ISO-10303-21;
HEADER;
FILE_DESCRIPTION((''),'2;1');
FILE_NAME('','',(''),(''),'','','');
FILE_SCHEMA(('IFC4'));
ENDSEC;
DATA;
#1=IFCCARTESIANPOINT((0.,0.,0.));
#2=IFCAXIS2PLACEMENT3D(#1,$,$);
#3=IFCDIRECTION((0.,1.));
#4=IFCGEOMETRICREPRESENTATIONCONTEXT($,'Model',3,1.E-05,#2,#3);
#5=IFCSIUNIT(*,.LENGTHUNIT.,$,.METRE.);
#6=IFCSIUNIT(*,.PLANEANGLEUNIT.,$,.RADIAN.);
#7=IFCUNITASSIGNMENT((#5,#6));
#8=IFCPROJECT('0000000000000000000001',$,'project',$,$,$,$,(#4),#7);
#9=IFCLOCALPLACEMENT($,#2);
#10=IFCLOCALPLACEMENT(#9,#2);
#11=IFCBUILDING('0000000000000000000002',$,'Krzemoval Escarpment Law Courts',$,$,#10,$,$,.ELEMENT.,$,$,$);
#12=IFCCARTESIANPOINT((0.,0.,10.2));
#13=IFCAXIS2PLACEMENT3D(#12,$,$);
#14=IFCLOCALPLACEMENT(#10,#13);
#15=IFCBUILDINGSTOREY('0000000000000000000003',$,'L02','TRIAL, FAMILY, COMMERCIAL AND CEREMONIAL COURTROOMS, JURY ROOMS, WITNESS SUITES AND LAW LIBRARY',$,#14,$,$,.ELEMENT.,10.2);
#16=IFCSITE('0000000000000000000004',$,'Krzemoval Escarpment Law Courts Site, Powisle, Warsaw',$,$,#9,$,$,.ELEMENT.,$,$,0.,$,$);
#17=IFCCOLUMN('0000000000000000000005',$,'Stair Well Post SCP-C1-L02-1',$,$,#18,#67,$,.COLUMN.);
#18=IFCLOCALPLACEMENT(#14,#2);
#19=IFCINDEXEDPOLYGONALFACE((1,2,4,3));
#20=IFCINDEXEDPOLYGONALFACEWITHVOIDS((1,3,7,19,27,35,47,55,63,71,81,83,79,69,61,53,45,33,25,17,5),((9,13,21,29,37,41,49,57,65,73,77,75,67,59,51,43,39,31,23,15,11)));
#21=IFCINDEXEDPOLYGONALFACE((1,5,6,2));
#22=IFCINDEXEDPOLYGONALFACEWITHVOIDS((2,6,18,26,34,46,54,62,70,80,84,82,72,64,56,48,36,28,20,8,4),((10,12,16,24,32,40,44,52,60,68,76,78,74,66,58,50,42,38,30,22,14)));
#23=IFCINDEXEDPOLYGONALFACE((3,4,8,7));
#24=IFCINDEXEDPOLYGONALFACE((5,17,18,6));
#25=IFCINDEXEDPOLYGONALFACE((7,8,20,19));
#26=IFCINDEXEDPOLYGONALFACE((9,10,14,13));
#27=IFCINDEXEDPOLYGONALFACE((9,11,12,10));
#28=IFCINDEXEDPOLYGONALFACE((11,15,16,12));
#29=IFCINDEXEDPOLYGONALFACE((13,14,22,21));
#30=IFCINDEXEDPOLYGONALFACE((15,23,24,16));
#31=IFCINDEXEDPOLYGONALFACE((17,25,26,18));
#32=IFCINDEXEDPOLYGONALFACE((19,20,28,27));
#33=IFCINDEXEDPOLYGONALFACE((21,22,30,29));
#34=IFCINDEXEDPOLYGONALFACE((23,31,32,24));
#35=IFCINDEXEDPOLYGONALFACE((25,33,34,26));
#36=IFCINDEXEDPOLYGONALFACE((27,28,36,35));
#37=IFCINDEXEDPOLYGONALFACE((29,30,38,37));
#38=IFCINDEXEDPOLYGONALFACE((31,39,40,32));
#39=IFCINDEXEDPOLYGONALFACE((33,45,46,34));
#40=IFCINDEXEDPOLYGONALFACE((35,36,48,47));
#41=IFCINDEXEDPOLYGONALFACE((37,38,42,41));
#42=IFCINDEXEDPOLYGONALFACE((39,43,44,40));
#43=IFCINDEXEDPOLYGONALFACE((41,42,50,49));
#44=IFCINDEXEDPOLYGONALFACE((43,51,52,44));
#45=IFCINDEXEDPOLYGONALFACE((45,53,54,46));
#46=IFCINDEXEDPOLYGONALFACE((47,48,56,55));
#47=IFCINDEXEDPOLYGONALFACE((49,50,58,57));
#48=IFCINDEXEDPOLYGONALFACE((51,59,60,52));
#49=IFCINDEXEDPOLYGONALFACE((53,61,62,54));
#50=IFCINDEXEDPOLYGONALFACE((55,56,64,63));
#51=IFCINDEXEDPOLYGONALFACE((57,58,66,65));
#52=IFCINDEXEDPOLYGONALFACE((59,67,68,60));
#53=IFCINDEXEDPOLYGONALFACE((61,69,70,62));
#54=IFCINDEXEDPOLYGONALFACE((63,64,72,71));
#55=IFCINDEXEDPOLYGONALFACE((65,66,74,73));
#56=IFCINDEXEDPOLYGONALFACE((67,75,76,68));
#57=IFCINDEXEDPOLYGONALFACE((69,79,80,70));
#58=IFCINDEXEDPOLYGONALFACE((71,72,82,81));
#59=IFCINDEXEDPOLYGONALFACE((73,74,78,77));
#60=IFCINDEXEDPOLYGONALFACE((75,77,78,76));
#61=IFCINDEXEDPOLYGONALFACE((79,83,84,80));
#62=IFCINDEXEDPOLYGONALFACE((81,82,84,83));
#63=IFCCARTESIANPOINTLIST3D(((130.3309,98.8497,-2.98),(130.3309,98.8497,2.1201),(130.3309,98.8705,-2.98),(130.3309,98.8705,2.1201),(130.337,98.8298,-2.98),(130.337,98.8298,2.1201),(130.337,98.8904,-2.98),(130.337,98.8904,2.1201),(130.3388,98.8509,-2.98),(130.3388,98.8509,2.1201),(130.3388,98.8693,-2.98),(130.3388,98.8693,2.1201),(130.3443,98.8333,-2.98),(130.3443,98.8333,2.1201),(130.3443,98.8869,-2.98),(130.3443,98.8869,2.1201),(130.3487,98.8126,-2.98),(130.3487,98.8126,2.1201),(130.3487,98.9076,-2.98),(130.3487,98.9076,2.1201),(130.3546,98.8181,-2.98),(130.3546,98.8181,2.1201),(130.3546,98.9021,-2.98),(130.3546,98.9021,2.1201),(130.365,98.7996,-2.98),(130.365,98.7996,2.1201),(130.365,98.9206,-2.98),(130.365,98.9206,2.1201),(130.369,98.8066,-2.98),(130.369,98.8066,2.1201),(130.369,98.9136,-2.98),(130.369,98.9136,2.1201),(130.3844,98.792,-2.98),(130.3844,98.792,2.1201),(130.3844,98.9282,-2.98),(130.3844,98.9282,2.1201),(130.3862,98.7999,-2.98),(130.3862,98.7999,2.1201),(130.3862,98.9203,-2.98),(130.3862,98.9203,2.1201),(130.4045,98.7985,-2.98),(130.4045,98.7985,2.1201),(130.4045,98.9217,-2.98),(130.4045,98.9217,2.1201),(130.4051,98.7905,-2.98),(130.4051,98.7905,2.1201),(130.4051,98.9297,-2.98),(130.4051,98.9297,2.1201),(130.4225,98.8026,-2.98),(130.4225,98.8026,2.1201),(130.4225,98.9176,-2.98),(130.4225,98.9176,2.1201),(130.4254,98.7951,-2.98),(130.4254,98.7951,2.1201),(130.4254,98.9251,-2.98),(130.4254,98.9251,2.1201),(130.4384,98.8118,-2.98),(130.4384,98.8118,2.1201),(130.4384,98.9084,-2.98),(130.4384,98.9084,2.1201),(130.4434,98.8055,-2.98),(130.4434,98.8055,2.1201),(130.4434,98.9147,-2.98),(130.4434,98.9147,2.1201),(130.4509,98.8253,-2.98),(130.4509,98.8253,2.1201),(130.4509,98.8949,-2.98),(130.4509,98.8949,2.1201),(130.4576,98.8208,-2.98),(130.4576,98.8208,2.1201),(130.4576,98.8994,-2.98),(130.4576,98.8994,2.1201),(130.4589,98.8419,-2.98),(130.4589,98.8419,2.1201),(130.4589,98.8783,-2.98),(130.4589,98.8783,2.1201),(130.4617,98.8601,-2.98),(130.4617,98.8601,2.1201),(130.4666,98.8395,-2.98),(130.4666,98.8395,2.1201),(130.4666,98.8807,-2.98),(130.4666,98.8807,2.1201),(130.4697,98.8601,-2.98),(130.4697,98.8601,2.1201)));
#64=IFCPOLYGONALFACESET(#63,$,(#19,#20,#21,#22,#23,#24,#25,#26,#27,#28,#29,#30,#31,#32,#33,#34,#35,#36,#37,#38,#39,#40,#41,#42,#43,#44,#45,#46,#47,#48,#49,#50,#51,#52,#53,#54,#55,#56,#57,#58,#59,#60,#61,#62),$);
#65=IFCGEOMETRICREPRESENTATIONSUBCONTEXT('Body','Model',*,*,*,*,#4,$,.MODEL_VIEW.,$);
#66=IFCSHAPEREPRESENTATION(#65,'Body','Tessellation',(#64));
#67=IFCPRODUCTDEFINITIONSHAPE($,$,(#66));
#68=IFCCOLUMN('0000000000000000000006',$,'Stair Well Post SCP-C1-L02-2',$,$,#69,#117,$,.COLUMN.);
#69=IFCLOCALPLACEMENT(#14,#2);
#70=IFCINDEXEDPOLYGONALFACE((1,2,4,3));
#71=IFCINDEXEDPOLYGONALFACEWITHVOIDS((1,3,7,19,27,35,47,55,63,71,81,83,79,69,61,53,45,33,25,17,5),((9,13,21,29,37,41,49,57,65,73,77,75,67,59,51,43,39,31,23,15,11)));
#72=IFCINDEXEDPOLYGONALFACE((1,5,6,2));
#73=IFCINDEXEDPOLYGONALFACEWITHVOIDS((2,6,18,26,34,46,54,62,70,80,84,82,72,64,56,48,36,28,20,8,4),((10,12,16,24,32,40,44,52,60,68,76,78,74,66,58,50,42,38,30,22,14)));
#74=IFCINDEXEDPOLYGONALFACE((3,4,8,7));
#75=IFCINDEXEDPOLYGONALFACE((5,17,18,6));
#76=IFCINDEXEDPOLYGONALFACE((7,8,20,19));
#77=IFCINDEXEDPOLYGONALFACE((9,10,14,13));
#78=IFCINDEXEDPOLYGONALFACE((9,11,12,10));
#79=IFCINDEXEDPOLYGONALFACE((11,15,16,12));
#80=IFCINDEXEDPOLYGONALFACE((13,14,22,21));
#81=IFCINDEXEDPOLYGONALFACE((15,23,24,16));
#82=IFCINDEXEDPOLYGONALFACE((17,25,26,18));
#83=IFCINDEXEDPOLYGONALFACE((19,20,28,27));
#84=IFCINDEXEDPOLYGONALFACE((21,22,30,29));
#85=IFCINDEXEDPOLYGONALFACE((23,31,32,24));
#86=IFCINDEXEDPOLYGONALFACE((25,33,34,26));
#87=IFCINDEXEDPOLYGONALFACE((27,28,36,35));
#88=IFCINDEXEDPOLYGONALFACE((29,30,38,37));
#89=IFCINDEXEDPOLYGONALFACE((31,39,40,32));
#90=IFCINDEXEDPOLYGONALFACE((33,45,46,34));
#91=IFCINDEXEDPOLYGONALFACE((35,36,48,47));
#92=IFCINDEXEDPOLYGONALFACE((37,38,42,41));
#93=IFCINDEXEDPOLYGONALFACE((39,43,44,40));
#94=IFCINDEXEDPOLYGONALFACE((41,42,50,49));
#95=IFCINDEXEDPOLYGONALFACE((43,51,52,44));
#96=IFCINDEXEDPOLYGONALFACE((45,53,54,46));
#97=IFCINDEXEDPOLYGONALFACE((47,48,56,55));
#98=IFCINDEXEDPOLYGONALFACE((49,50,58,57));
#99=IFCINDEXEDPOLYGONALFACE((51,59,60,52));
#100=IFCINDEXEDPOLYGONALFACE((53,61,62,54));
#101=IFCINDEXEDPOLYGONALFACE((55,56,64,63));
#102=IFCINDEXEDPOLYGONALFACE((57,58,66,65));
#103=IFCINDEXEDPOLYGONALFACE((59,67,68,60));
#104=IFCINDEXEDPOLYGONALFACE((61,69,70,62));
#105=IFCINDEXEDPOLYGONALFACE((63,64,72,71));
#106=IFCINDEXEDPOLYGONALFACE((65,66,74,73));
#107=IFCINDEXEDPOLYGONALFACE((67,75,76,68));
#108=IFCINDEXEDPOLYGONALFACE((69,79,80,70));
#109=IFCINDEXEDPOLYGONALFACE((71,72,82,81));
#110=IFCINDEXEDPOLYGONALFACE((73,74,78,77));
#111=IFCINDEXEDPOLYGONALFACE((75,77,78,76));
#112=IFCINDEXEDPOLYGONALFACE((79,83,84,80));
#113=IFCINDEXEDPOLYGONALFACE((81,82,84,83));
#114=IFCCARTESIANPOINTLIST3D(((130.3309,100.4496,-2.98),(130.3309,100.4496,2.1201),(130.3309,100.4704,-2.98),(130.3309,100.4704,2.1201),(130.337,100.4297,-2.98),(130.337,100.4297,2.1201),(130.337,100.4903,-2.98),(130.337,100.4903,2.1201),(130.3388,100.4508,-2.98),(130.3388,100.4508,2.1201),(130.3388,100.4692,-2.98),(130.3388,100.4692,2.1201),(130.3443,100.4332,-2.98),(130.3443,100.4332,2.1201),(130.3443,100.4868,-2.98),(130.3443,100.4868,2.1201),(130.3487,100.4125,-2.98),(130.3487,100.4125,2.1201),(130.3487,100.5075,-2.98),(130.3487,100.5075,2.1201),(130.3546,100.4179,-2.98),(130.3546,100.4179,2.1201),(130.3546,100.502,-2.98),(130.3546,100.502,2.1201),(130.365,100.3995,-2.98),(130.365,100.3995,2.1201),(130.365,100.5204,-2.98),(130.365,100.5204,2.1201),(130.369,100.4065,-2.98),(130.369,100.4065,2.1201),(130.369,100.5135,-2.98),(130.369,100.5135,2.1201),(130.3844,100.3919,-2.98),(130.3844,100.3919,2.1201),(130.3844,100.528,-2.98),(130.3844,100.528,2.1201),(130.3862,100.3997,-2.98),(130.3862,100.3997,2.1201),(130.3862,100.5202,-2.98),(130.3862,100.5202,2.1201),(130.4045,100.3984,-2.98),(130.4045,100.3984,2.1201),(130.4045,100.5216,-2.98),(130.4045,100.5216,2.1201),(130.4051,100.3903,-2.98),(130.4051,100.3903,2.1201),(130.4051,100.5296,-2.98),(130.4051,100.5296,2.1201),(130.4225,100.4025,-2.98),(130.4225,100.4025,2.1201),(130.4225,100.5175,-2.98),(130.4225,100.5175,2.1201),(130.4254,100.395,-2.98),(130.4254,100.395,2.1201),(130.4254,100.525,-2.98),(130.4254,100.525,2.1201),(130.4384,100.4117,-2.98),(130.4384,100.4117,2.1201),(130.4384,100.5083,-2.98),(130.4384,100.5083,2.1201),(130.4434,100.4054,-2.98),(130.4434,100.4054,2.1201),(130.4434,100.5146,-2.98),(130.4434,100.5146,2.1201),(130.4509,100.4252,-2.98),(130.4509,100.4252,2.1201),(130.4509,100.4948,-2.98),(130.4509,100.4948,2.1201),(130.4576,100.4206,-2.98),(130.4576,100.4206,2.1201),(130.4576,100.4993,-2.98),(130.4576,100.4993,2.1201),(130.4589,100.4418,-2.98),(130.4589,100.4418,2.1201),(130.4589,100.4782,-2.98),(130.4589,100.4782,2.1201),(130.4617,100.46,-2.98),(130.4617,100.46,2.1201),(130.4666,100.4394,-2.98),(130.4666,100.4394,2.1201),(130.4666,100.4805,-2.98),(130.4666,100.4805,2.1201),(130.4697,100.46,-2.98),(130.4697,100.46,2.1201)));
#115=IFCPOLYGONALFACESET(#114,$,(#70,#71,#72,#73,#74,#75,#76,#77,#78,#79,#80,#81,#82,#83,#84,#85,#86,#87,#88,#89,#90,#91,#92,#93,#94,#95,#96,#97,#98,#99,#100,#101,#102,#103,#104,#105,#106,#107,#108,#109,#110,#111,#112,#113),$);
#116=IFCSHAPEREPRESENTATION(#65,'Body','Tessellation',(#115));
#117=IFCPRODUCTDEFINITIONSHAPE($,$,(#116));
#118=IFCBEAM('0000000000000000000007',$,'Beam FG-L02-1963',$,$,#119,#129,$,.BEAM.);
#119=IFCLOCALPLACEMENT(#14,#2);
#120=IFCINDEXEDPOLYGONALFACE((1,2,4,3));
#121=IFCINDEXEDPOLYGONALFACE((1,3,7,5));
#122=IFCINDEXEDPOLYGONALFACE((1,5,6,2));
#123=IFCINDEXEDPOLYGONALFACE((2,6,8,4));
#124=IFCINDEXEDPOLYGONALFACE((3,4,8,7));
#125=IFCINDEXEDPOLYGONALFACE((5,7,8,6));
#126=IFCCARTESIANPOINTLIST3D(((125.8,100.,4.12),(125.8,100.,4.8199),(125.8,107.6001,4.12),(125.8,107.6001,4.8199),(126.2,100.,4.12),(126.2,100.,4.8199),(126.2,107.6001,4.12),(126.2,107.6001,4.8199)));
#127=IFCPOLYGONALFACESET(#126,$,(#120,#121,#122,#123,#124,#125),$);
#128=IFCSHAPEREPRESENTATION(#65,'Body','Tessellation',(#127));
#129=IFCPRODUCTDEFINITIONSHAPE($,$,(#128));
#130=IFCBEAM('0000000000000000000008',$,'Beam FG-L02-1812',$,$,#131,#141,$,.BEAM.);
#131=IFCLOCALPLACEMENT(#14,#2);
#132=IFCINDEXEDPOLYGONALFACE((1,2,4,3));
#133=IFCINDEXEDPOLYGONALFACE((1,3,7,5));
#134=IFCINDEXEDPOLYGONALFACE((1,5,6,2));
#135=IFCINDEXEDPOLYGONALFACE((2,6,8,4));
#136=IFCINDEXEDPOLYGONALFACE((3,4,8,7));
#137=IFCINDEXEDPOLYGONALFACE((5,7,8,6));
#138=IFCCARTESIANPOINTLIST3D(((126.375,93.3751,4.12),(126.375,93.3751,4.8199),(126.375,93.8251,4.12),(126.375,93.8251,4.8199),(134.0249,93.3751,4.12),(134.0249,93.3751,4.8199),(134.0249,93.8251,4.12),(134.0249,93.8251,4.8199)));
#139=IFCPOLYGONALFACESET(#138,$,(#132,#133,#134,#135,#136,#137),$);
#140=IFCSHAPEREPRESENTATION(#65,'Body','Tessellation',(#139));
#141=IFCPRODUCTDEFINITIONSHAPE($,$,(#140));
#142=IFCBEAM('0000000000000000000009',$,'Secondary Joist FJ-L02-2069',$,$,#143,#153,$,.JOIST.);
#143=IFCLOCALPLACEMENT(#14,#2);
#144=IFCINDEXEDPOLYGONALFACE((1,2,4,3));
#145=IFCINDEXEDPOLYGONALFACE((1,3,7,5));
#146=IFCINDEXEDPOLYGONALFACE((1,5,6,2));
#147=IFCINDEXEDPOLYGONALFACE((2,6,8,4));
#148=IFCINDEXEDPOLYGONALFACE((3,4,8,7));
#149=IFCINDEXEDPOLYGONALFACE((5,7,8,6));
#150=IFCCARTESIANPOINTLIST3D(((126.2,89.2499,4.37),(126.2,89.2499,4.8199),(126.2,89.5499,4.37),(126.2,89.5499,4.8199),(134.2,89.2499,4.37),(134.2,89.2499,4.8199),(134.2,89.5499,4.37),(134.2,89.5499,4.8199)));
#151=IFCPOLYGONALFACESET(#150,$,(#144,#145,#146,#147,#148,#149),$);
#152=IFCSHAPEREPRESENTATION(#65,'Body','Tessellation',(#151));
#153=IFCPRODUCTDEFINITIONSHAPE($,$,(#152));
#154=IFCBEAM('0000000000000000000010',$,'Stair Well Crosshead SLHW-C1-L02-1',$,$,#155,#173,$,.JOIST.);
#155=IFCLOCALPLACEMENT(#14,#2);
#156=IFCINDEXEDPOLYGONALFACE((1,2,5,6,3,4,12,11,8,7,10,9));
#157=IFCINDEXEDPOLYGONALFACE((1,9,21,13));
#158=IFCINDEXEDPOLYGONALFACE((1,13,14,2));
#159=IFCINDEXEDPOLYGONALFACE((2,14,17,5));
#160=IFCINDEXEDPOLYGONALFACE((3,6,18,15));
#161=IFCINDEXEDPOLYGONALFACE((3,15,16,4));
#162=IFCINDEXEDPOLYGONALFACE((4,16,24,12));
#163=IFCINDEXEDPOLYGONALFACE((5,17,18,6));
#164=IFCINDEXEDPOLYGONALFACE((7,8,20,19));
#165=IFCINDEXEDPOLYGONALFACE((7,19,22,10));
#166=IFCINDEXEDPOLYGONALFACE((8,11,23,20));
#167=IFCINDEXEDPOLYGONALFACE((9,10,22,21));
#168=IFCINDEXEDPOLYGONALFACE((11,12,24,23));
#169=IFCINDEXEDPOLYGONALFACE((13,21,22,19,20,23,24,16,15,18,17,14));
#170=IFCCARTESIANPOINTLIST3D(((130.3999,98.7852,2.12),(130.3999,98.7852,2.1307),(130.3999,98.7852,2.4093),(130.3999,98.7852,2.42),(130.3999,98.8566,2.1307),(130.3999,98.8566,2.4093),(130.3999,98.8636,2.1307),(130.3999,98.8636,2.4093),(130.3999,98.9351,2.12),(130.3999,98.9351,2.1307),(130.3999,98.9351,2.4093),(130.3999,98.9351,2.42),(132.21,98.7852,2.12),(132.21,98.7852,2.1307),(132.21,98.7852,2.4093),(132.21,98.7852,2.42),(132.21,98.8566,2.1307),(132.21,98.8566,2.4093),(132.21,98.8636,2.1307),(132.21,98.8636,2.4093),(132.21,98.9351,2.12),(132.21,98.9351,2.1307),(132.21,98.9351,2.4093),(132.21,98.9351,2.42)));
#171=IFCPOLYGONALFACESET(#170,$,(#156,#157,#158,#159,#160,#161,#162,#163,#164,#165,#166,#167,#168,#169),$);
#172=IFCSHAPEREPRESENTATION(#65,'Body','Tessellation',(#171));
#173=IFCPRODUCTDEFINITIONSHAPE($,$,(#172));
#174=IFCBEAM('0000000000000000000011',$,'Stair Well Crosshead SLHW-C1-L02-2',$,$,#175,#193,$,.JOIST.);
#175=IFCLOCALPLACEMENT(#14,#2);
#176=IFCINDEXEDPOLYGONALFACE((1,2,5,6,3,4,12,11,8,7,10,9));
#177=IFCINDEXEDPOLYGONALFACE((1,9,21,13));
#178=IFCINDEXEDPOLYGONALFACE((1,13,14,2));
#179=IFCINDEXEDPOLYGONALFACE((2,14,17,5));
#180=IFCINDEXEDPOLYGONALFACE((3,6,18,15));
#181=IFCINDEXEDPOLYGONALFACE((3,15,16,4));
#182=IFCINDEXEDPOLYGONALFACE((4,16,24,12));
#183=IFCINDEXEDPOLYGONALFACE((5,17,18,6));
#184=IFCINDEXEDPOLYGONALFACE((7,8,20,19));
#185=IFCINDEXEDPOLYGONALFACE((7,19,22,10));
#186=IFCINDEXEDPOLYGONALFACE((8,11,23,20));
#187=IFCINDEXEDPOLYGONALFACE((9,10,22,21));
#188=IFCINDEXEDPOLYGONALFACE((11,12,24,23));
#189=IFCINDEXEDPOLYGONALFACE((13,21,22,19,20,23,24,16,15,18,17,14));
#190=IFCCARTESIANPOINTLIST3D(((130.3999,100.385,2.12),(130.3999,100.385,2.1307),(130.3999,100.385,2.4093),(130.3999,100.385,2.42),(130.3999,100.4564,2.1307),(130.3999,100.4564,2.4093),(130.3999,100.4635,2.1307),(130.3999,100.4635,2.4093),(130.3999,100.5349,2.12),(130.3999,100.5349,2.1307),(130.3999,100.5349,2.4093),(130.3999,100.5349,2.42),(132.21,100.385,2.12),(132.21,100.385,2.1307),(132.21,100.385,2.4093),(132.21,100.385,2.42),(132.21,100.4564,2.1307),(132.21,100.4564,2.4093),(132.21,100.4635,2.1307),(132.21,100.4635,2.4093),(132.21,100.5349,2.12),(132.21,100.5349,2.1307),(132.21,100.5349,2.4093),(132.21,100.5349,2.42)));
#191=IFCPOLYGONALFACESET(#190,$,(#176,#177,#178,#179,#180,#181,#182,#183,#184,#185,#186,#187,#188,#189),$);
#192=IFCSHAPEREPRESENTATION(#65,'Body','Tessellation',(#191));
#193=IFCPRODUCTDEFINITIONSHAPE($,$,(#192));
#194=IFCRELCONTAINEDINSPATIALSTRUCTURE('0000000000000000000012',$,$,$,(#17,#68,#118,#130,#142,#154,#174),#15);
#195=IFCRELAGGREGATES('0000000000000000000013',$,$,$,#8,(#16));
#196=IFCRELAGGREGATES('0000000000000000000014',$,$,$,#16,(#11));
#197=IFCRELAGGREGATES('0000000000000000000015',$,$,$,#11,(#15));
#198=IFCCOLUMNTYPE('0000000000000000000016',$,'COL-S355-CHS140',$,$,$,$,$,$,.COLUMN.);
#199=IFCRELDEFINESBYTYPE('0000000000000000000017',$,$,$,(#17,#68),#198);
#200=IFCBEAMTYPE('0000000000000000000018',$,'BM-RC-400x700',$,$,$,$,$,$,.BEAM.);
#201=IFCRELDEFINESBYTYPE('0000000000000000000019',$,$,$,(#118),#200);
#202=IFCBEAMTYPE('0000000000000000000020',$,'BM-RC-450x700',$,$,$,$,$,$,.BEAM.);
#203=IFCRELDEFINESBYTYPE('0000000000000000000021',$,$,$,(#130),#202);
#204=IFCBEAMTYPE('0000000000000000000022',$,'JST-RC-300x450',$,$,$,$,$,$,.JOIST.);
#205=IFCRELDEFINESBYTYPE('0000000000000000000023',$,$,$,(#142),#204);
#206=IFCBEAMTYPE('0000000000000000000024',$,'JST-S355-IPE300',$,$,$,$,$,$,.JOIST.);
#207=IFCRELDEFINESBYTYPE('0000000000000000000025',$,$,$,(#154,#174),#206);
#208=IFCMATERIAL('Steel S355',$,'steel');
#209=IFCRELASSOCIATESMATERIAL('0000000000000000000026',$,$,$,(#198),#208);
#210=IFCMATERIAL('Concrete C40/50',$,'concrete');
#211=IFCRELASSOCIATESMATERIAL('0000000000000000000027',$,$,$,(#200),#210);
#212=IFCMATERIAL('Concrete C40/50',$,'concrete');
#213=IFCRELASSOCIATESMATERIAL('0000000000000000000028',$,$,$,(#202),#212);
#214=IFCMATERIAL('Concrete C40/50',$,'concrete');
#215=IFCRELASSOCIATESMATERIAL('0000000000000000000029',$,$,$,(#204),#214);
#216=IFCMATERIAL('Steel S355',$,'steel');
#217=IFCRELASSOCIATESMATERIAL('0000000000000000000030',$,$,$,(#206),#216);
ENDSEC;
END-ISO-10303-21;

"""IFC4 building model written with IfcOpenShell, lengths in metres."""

from ifc_helpers import new_model, si_unit, direction, frame, origin, origin_2d, place, context, subcontext, project, spatial, rectangle, hollow_circle, i_section, extrude, material, material_profile, profile_set, type_object, element, save


model = new_model("IFC4")

# Units and contexts
model_context = context("Model", 3, precision=1e-05, world=origin(), true_north=direction((0.0, 1.0)))
body_context = subcontext(model_context, "Body", "Model", "MODEL_VIEW")
ifc_project = project(units=[si_unit("LENGTHUNIT", "METRE"), si_unit("PLANEANGLEUNIT", "RADIAN")], contexts=[model_context])

# Site, building, storey
site_placement = place(None, origin())
site = spatial("IfcSite", under=ifc_project, at=site_placement, Name="Krzemoval Escarpment Law Courts Site, Powisle, Warsaw", CompositionType="ELEMENT", RefElevation=0.0)
building_placement = place(site_placement, origin())
building = spatial("IfcBuilding", under=site, at=building_placement, Name="Krzemoval Escarpment Law Courts", CompositionType="ELEMENT")
storey_placement = place(building_placement, frame((0.0, 0.0, 10.2)))
storey = spatial("IfcBuildingStorey", under=building, at=storey_placement, Name="L02", Description="TRIAL, FAMILY, COMMERCIAL AND CEREMONIAL COURTROOMS, JURY ROOMS, WITNESS SUITES AND LAW LIBRARY", CompositionType="ELEMENT", Elevation=10.2)

# Columns
ifc_material_1 = material(Name="Steel S355", Category="steel")
ifc_material_profile_1 = material_profile(ifc_material_1, hollow_circle(Radius=0.0698, WallThickness=0.0081, at=origin_2d()), Name="CHS 139.7x8")
ifc_profile_set_1 = profile_set([ifc_material_profile_1], Name="Steel S355")
column_type = type_object("IfcColumnType", Name="COL-S355-CHS140", PredefinedType="COLUMN", material=ifc_profile_set_1)
for number, where, z_axis, x_axis, name in (
    (1, (130.3999, 98.8601, -2.98), (0.0, 0.0, 1.0), (1.0, 0.0, 0.0), "Stair Well Post SCP-C1-L02-1"),
    (2, (130.3999, 100.46, -2.98), (0.0, 0.0, 1.0), (1.0, 0.0, 0.0), "Stair Well Post SCP-C1-L02-2"),
):
    element("IfcColumn", number, at=place(storey_placement, frame(where, z_axis=z_axis, x_axis=x_axis)), inside=storey, type_object=column_type, Name=name, PredefinedType="COLUMN", context=body_context, shape_type="SweptSolid", body=[
        extrude(hollow_circle(Radius=0.0698, WallThickness=0.0081, at=origin_2d()), origin(), (0.0, 0.0, 1.0), 5.1001),
    ])

# Beams
ifc_material_2 = material(Name="Concrete C40/50", Category="concrete")
ifc_material_profile_2 = material_profile(ifc_material_2, rectangle(XDim=0.3999, YDim=0.7, at=origin_2d()), Name="RCB 400x700")
ifc_profile_set_2 = profile_set([ifc_material_profile_2], Name="Concrete C40/50")
beam_type_1 = type_object("IfcBeamType", Name="BM-RC-400x700", PredefinedType="BEAM", material=ifc_profile_set_2)
beam_1_placement = place(storey_placement, frame((126.0, 100.0, 4.47), z_axis=(0.0, 1.0, 0.0), x_axis=(-1.0, 0.0, 0.0)))
element("IfcBeam", 3, at=beam_1_placement, inside=storey, type_object=beam_type_1, Name="Beam FG-L02-1963", PredefinedType="BEAM", context=body_context, shape_type="SweptSolid", body=[
    extrude(rectangle(XDim=0.3999, YDim=0.7, at=origin_2d()), origin(), (0.0, 0.0, 1.0), 7.6001),
])
ifc_material_3 = material(Name="Concrete C40/50", Category="concrete")
ifc_material_profile_3 = material_profile(ifc_material_3, rectangle(XDim=0.45, YDim=0.7, at=origin_2d()), Name="RCB 450x700")
ifc_profile_set_3 = profile_set([ifc_material_profile_3], Name="Concrete C40/50")
beam_type_2 = type_object("IfcBeamType", Name="BM-RC-450x700", PredefinedType="BEAM", material=ifc_profile_set_3)
beam_2_placement = place(storey_placement, frame((126.375, 93.6001, 4.47), z_axis=(1.0, 0.0, 0.0), x_axis=(0.0, 1.0, 0.0)))
element("IfcBeam", 4, at=beam_2_placement, inside=storey, type_object=beam_type_2, Name="Beam FG-L02-1812", PredefinedType="BEAM", context=body_context, shape_type="SweptSolid", body=[
    extrude(rectangle(XDim=0.45, YDim=0.7, at=origin_2d()), origin(), (0.0, 0.0, 1.0), 7.6499),
])
ifc_material_4 = material(Name="Concrete C40/50", Category="concrete")
ifc_material_profile_4 = material_profile(ifc_material_4, rectangle(XDim=0.3, YDim=0.45, at=origin_2d()), Name="RCB 300x450")
ifc_profile_set_4 = profile_set([ifc_material_profile_4], Name="Concrete C40/50")
beam_type_3 = type_object("IfcBeamType", Name="JST-RC-300x450", PredefinedType="JOIST", material=ifc_profile_set_4)
beam_3_placement = place(storey_placement, frame((126.2, 89.3999, 4.595), z_axis=(1.0, 0.0, 0.0), x_axis=(0.0, 1.0, 0.0)))
element("IfcBeam", 5, at=beam_3_placement, inside=storey, type_object=beam_type_3, Name="Secondary Joist FJ-L02-2069", PredefinedType="JOIST", context=body_context, shape_type="SweptSolid", body=[
    extrude(rectangle(XDim=0.3, YDim=0.45, at=origin_2d()), origin(), (0.0, 0.0, 1.0), 8.0),
])
ifc_material_5 = material(Name="Steel S355", Category="steel")
ifc_material_profile_5 = material_profile(ifc_material_5, i_section(OverallWidth=0.1499, OverallDepth=0.3, WebThickness=0.0071, FlangeThickness=0.0107, at=origin_2d()), Name="IPE 300")
ifc_profile_set_5 = profile_set([ifc_material_profile_5], Name="Steel S355")
beam_type_4 = type_object("IfcBeamType", Name="JST-S355-IPE300", PredefinedType="JOIST", material=ifc_profile_set_5)
for number, where, z_axis, x_axis, name in (
    (6, (130.3999, 98.8601, 2.27), (1.0, 0.0, 0.0), (0.0, 1.0, 0.0), "Stair Well Crosshead SLHW-C1-L02-1"),
    (7, (130.3999, 100.46, 2.27), (1.0, 0.0, 0.0), (0.0, 1.0, 0.0), "Stair Well Crosshead SLHW-C1-L02-2"),
):
    element("IfcBeam", number, at=place(storey_placement, frame(where, z_axis=z_axis, x_axis=x_axis)), inside=storey, type_object=beam_type_4, Name=name, PredefinedType="JOIST", context=body_context, shape_type="SweptSolid", body=[
        extrude(i_section(OverallWidth=0.1499, OverallDepth=0.3, WebThickness=0.0071, FlangeThickness=0.0107, at=origin_2d()), origin(), (0.0, 0.0, 1.0), 1.8101),
    ])

save(model, "model.ifc")
